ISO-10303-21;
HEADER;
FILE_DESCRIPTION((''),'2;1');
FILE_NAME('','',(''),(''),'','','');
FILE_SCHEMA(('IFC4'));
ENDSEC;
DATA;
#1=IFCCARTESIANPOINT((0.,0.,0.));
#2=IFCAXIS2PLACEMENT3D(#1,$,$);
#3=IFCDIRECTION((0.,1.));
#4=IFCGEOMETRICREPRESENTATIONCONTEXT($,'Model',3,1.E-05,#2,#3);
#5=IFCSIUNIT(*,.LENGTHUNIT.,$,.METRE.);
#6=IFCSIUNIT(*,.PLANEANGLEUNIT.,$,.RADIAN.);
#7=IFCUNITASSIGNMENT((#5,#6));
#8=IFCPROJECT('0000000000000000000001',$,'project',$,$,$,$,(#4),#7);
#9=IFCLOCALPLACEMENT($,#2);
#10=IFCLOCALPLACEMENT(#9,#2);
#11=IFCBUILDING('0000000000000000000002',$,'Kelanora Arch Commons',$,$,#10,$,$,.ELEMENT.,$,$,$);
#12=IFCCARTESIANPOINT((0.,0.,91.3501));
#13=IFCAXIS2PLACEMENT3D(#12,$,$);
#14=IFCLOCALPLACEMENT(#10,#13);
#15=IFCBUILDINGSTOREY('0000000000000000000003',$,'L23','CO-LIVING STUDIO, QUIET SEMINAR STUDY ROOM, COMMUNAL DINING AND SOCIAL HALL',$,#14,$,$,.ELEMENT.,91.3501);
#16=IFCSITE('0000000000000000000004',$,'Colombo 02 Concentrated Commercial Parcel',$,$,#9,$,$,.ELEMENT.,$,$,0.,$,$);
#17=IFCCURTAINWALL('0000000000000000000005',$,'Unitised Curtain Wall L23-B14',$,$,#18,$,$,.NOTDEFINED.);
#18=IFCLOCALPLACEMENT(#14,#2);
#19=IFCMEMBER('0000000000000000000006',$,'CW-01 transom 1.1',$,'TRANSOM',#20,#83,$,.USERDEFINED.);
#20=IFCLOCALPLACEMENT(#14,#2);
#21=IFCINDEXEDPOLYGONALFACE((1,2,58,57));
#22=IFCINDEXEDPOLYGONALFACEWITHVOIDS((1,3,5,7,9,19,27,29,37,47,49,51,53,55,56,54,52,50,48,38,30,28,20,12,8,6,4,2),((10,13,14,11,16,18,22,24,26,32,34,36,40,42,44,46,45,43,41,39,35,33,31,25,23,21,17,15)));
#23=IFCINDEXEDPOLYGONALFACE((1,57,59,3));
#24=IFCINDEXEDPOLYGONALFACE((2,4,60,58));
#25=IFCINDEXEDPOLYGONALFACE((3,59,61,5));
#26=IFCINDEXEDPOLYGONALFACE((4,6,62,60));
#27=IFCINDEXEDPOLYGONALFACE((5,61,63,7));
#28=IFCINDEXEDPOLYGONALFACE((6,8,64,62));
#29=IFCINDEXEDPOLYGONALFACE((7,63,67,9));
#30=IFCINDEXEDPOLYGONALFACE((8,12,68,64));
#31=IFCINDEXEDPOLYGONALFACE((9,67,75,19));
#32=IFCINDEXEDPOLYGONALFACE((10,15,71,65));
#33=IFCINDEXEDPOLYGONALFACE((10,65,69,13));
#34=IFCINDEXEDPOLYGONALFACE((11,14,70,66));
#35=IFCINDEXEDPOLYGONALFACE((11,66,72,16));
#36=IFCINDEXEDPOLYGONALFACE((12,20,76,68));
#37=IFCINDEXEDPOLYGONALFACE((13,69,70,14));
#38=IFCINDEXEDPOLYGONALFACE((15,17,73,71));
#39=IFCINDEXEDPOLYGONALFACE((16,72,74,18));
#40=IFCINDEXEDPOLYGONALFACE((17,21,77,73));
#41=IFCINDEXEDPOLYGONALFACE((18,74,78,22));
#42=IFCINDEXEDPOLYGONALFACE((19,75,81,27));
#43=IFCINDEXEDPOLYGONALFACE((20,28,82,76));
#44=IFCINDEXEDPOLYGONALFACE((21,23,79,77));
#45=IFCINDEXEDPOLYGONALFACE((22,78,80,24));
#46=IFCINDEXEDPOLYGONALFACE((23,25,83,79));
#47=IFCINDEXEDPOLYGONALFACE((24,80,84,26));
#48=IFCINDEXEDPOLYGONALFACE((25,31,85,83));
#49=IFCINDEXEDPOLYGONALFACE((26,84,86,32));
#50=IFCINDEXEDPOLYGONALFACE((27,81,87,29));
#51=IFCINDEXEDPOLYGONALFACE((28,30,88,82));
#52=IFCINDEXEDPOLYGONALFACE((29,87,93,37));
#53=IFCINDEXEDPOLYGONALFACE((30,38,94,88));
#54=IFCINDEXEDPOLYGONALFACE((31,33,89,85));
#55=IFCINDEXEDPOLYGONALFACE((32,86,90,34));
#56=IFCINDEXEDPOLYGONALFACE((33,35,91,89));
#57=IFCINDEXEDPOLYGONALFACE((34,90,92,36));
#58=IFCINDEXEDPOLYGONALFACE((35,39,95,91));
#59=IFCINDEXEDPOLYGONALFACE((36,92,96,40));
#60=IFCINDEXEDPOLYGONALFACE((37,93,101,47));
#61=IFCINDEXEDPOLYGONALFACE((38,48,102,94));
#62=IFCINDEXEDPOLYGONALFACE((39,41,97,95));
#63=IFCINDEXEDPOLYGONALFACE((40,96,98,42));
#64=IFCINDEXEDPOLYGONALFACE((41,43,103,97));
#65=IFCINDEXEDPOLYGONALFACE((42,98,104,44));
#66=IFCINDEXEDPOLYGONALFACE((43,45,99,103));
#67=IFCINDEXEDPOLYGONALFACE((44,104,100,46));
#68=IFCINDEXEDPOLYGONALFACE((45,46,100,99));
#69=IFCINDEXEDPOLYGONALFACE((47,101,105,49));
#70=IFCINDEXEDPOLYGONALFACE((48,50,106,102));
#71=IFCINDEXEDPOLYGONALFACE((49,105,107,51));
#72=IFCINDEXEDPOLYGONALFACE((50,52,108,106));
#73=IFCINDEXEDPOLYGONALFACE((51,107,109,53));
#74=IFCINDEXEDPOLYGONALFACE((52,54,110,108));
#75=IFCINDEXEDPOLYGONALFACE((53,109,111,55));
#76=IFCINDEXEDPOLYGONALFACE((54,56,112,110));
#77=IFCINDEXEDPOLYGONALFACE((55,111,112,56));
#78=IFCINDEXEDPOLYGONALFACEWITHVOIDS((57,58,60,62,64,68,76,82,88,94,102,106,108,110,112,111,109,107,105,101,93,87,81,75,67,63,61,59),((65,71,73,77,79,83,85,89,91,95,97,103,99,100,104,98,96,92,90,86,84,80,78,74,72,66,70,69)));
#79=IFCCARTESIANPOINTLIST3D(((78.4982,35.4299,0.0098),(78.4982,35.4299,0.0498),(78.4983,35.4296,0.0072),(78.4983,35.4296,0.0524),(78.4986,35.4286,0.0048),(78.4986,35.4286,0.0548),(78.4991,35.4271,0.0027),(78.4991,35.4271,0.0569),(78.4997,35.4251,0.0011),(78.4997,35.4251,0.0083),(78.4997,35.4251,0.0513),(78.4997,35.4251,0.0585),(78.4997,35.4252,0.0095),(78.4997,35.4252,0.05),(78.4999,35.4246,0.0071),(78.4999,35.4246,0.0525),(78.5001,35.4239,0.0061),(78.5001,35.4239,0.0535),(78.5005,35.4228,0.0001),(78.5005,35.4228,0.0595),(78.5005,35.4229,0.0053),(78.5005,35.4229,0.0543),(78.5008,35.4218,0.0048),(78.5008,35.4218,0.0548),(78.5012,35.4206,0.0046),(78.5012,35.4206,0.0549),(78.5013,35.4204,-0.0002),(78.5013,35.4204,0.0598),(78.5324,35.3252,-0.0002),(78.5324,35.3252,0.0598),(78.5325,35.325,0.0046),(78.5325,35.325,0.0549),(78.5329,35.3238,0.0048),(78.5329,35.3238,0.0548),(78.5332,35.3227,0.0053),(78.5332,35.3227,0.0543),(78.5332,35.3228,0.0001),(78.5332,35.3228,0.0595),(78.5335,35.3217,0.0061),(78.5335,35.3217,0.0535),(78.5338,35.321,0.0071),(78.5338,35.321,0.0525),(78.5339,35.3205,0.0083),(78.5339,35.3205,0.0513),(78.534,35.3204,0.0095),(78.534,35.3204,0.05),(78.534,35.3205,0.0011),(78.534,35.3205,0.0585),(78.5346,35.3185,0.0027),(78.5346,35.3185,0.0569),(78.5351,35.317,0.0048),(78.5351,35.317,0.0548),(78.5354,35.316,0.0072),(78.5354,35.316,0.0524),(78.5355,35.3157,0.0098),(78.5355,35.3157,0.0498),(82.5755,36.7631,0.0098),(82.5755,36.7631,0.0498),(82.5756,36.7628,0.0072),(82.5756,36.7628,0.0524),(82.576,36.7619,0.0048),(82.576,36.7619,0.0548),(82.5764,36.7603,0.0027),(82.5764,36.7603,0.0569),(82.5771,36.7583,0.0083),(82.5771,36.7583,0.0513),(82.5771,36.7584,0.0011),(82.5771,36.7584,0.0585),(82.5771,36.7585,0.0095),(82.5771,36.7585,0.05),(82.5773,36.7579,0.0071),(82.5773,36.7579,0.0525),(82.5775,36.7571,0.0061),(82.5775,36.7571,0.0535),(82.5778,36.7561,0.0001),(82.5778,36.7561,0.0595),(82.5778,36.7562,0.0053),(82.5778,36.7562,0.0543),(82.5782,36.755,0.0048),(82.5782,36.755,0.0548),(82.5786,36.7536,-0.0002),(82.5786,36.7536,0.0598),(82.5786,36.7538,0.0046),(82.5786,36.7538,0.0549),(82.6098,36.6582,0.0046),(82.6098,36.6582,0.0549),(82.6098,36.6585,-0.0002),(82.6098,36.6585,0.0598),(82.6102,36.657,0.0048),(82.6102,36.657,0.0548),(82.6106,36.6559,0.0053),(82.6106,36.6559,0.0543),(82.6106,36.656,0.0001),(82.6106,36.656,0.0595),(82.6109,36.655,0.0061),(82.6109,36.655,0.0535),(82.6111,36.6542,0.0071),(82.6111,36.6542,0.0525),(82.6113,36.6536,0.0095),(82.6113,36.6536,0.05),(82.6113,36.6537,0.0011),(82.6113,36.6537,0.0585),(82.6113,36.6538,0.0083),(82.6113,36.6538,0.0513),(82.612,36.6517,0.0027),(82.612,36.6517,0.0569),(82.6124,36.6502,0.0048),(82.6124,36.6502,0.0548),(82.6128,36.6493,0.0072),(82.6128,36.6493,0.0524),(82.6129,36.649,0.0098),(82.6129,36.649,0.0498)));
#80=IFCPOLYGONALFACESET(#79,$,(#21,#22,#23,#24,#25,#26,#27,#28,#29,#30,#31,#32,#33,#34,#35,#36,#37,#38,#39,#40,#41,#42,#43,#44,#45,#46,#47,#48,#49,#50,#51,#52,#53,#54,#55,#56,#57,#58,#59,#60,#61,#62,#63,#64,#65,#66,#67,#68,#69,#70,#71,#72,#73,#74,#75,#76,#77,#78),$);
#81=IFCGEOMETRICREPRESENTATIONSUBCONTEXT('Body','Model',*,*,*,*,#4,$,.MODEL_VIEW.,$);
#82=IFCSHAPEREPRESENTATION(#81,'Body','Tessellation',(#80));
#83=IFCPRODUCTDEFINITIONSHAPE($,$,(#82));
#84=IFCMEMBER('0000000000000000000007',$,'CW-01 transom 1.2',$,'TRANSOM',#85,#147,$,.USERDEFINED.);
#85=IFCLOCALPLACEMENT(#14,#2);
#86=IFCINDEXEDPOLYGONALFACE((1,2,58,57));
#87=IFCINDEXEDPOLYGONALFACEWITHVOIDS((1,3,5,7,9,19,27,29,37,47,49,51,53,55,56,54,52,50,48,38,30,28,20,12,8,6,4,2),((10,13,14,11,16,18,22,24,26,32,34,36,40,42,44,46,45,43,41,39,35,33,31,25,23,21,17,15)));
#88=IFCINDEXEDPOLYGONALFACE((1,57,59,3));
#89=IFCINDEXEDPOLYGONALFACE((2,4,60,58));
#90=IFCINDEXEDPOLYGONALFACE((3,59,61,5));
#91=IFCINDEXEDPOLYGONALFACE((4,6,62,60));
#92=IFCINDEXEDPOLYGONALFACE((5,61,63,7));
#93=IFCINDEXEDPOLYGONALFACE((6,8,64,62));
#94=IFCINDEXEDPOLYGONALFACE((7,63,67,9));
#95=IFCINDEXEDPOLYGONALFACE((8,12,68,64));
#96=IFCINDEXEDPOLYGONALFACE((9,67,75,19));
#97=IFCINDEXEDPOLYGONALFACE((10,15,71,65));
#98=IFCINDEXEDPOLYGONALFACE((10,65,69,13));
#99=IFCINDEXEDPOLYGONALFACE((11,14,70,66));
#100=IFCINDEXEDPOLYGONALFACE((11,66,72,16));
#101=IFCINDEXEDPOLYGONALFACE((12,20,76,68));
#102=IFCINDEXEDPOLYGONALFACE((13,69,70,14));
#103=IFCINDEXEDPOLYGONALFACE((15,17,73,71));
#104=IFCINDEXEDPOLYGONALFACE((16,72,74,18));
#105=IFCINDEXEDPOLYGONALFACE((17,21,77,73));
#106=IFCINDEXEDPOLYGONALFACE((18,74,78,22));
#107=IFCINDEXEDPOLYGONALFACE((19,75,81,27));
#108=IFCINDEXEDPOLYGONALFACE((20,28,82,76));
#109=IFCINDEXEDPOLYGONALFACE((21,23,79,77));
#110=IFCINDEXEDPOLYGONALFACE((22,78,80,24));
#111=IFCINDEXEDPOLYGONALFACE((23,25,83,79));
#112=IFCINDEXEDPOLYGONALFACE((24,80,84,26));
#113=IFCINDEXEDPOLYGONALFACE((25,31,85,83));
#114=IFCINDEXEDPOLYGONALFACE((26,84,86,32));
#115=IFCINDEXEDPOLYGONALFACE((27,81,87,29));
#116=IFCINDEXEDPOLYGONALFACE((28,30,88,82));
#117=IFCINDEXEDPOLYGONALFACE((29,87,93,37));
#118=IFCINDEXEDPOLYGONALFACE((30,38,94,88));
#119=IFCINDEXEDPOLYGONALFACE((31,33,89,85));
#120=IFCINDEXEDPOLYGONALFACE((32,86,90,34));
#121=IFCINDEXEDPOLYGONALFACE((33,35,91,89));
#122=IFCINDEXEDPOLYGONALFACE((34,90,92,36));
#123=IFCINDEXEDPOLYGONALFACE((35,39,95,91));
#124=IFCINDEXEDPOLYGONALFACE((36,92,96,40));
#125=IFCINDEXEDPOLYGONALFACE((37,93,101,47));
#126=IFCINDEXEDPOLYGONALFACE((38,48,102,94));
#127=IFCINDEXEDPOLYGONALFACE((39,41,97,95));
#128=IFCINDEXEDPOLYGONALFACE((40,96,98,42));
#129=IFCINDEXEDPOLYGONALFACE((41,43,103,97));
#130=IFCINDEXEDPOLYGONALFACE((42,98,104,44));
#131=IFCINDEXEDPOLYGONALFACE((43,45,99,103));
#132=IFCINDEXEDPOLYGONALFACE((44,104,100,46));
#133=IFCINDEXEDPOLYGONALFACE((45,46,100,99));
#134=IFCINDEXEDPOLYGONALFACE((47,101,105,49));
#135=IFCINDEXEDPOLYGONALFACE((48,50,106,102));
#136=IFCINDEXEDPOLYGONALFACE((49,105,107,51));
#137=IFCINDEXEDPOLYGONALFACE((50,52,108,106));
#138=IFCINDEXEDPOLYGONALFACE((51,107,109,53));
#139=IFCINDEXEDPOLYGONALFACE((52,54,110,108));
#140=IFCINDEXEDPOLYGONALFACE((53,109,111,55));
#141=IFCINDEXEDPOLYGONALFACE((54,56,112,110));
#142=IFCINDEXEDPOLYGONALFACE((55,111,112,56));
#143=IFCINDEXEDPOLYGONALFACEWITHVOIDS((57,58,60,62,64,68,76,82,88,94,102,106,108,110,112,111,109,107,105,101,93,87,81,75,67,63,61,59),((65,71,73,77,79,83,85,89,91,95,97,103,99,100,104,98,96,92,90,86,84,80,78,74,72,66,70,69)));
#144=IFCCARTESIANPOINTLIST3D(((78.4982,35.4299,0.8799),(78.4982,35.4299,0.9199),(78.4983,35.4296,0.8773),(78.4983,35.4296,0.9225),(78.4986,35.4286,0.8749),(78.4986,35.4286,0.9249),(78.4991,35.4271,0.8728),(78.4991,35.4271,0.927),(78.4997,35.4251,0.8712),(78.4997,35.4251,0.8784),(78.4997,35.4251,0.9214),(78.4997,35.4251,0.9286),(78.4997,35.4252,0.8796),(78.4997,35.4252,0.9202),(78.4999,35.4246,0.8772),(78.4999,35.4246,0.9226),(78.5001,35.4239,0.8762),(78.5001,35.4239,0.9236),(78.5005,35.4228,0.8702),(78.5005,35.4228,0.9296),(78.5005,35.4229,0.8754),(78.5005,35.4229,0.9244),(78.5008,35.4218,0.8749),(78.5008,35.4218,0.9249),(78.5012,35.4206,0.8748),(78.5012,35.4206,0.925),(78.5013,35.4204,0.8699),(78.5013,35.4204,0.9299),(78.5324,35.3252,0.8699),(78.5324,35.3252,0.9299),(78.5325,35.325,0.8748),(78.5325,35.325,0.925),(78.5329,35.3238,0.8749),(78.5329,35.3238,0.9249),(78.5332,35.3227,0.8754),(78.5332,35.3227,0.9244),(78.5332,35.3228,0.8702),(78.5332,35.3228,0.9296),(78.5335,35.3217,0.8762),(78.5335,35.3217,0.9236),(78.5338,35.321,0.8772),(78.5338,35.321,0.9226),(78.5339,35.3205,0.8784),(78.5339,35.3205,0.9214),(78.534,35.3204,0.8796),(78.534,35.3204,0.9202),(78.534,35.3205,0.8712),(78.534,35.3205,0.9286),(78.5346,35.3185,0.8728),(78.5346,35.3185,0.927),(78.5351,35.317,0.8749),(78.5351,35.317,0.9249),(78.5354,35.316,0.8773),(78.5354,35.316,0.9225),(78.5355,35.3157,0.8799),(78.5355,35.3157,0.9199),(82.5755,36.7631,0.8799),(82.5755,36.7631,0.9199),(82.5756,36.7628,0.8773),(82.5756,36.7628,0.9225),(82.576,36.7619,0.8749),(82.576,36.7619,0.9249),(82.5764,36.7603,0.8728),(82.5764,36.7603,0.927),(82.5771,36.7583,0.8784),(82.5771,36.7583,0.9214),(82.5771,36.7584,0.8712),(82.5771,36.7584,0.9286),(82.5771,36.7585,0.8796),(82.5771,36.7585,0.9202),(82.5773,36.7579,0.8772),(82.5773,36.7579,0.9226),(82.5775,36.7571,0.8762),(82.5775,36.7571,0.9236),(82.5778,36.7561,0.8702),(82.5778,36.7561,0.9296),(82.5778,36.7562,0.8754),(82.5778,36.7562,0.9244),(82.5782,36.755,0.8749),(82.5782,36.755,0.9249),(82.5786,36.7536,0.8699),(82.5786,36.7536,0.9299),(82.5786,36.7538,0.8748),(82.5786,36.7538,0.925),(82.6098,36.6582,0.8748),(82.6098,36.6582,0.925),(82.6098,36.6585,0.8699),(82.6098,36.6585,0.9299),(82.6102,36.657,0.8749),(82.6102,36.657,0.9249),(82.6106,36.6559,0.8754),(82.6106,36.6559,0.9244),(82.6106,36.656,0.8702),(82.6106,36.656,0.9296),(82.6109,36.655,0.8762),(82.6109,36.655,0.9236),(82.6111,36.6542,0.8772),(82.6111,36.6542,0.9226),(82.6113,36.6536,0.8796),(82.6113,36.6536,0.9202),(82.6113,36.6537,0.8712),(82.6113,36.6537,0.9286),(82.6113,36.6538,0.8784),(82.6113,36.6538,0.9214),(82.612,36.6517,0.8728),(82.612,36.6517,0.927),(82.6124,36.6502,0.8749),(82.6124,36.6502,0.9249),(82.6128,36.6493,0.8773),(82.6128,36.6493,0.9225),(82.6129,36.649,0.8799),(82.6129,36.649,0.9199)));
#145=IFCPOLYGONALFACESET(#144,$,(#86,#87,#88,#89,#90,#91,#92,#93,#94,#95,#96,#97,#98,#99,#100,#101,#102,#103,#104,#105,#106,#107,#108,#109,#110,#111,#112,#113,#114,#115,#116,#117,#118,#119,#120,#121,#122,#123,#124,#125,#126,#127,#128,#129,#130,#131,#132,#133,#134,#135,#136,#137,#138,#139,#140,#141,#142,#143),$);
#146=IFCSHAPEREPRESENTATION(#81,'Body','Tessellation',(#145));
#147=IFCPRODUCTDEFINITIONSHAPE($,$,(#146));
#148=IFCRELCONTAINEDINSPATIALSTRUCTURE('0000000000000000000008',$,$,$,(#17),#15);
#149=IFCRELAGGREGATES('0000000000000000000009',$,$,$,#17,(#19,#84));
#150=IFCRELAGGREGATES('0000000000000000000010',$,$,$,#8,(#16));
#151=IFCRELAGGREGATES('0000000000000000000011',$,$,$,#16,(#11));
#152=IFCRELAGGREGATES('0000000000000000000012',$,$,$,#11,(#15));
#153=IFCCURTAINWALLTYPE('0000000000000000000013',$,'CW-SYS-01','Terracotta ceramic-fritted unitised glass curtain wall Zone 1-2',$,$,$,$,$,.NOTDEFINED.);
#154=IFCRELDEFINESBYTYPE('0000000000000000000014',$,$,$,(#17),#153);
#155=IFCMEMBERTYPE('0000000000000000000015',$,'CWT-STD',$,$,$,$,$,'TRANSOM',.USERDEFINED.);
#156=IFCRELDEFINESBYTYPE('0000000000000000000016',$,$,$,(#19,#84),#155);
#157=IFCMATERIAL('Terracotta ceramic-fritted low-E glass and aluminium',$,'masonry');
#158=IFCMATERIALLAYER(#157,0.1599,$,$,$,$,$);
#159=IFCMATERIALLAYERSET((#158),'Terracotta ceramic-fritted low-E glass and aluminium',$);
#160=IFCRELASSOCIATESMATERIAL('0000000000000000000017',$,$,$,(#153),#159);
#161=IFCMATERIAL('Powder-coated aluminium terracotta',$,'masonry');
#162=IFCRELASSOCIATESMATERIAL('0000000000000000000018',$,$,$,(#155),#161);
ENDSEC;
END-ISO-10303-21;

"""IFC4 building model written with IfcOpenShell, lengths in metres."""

from ifc_helpers import new_model, si_unit, direction, frame, origin, origin_2d, place, context, subcontext, project, spatial, hollow_rectangle, extrude, material, layer, layer_set, material_profile, profile_set, type_object, element, aggregate, save


model = new_model("IFC4")

# Units and contexts
model_context = context("Model", 3, precision=1e-05, world=origin(), true_north=direction((0.0, 1.0)))
body_context = subcontext(model_context, "Body", "Model", "MODEL_VIEW")
ifc_project = project(units=[si_unit("LENGTHUNIT", "METRE"), si_unit("PLANEANGLEUNIT", "RADIAN")], contexts=[model_context])

# Site, building, storey
site_placement = place(None, origin())
site = spatial("IfcSite", under=ifc_project, at=site_placement, Name="Colombo 02 Concentrated Commercial Parcel", CompositionType="ELEMENT", RefElevation=0.0)
building_placement = place(site_placement, origin())
building = spatial("IfcBuilding", under=site, at=building_placement, Name="Kelanora Arch Commons", CompositionType="ELEMENT")
storey_placement = place(building_placement, frame((0.0, 0.0, 91.3501)))
storey = spatial("IfcBuildingStorey", under=building, at=storey_placement, Name="L23", Description="CO-LIVING STUDIO, QUIET SEMINAR STUDY ROOM, COMMUNAL DINING AND SOCIAL HALL", CompositionType="ELEMENT", Elevation=91.3501)

# Curtain wall, members
ifc_material_1 = material(Name="Terracotta ceramic-fritted low-E glass and aluminium", Category="masonry")
ifc_layer_1 = layer(ifc_material_1, 0.1599)
ifc_layer_set_1 = layer_set([ifc_layer_1], Name="Terracotta ceramic-fritted low-E glass and aluminium")
curtain_wall_type = type_object("IfcCurtainWallType", Name="CW-SYS-01", Description="Terracotta ceramic-fritted unitised glass curtain wall Zone 1-2", PredefinedType="NOTDEFINED", material=ifc_layer_set_1)
curtain_wall_placement = place(storey_placement, origin())
curtain_wall = element("IfcCurtainWall", 1, at=curtain_wall_placement, inside=storey, type_object=curtain_wall_type, Name="Unitised Curtain Wall L23-B14", PredefinedType="NOTDEFINED")
ifc_material_2 = material(Name="Powder-coated aluminium terracotta", Category="masonry")
ifc_material_profile_1 = material_profile(ifc_material_2, hollow_rectangle(XDim=0.1201, YDim=0.0601, WallThickness=0.0049, InnerFilletRadius=0.0049, OuterFilletRadius=0.01, at=origin_2d()), Name="CWT120x60")
ifc_profile_set_1 = profile_set([ifc_material_profile_1], Name="Powder-coated aluminium terracotta")
member_type_1 = type_object("IfcMemberType", Name="CWT-STD", ElementType="TRANSOM", PredefinedType="USERDEFINED", material=ifc_profile_set_1)
member_1_placement = place(storey_placement, frame((78.5168, 35.3728, 0.0298), z_axis=(0.950478, 0.310793, 0.0), x_axis=(-0.310793, 0.950478, 0.0)))
member_1 = element("IfcMember", 2, at=member_1_placement, type_object=member_type_1, Name="CW-01 transom 1.1", ObjectType="TRANSOM", PredefinedType="USERDEFINED", context=body_context, shape_type="SweptSolid", body=[
    extrude(hollow_rectangle(XDim=0.1201, YDim=0.0601, WallThickness=0.0049, InnerFilletRadius=0.0049, OuterFilletRadius=0.01, at=origin_2d()), origin(), (0.0, 0.0, 1.0), 4.2898),
])
member_2_placement = place(storey_placement, frame((78.5168, 35.3728, 0.8999), z_axis=(0.950478, 0.310793, 0.0), x_axis=(-0.310793, 0.950478, 0.0)))
member_2 = element("IfcMember", 3, at=member_2_placement, type_object=member_type_1, Name="CW-01 transom 1.2", ObjectType="TRANSOM", PredefinedType="USERDEFINED", context=body_context, shape_type="SweptSolid", body=[
    extrude(hollow_rectangle(XDim=0.1201, YDim=0.0601, WallThickness=0.0049, InnerFilletRadius=0.0049, OuterFilletRadius=0.01, at=origin_2d()), origin(), (0.0, 0.0, 1.0), 4.2898),
])
aggregate(curtain_wall, [member_1, member_2])

save(model, "model.ifc")
